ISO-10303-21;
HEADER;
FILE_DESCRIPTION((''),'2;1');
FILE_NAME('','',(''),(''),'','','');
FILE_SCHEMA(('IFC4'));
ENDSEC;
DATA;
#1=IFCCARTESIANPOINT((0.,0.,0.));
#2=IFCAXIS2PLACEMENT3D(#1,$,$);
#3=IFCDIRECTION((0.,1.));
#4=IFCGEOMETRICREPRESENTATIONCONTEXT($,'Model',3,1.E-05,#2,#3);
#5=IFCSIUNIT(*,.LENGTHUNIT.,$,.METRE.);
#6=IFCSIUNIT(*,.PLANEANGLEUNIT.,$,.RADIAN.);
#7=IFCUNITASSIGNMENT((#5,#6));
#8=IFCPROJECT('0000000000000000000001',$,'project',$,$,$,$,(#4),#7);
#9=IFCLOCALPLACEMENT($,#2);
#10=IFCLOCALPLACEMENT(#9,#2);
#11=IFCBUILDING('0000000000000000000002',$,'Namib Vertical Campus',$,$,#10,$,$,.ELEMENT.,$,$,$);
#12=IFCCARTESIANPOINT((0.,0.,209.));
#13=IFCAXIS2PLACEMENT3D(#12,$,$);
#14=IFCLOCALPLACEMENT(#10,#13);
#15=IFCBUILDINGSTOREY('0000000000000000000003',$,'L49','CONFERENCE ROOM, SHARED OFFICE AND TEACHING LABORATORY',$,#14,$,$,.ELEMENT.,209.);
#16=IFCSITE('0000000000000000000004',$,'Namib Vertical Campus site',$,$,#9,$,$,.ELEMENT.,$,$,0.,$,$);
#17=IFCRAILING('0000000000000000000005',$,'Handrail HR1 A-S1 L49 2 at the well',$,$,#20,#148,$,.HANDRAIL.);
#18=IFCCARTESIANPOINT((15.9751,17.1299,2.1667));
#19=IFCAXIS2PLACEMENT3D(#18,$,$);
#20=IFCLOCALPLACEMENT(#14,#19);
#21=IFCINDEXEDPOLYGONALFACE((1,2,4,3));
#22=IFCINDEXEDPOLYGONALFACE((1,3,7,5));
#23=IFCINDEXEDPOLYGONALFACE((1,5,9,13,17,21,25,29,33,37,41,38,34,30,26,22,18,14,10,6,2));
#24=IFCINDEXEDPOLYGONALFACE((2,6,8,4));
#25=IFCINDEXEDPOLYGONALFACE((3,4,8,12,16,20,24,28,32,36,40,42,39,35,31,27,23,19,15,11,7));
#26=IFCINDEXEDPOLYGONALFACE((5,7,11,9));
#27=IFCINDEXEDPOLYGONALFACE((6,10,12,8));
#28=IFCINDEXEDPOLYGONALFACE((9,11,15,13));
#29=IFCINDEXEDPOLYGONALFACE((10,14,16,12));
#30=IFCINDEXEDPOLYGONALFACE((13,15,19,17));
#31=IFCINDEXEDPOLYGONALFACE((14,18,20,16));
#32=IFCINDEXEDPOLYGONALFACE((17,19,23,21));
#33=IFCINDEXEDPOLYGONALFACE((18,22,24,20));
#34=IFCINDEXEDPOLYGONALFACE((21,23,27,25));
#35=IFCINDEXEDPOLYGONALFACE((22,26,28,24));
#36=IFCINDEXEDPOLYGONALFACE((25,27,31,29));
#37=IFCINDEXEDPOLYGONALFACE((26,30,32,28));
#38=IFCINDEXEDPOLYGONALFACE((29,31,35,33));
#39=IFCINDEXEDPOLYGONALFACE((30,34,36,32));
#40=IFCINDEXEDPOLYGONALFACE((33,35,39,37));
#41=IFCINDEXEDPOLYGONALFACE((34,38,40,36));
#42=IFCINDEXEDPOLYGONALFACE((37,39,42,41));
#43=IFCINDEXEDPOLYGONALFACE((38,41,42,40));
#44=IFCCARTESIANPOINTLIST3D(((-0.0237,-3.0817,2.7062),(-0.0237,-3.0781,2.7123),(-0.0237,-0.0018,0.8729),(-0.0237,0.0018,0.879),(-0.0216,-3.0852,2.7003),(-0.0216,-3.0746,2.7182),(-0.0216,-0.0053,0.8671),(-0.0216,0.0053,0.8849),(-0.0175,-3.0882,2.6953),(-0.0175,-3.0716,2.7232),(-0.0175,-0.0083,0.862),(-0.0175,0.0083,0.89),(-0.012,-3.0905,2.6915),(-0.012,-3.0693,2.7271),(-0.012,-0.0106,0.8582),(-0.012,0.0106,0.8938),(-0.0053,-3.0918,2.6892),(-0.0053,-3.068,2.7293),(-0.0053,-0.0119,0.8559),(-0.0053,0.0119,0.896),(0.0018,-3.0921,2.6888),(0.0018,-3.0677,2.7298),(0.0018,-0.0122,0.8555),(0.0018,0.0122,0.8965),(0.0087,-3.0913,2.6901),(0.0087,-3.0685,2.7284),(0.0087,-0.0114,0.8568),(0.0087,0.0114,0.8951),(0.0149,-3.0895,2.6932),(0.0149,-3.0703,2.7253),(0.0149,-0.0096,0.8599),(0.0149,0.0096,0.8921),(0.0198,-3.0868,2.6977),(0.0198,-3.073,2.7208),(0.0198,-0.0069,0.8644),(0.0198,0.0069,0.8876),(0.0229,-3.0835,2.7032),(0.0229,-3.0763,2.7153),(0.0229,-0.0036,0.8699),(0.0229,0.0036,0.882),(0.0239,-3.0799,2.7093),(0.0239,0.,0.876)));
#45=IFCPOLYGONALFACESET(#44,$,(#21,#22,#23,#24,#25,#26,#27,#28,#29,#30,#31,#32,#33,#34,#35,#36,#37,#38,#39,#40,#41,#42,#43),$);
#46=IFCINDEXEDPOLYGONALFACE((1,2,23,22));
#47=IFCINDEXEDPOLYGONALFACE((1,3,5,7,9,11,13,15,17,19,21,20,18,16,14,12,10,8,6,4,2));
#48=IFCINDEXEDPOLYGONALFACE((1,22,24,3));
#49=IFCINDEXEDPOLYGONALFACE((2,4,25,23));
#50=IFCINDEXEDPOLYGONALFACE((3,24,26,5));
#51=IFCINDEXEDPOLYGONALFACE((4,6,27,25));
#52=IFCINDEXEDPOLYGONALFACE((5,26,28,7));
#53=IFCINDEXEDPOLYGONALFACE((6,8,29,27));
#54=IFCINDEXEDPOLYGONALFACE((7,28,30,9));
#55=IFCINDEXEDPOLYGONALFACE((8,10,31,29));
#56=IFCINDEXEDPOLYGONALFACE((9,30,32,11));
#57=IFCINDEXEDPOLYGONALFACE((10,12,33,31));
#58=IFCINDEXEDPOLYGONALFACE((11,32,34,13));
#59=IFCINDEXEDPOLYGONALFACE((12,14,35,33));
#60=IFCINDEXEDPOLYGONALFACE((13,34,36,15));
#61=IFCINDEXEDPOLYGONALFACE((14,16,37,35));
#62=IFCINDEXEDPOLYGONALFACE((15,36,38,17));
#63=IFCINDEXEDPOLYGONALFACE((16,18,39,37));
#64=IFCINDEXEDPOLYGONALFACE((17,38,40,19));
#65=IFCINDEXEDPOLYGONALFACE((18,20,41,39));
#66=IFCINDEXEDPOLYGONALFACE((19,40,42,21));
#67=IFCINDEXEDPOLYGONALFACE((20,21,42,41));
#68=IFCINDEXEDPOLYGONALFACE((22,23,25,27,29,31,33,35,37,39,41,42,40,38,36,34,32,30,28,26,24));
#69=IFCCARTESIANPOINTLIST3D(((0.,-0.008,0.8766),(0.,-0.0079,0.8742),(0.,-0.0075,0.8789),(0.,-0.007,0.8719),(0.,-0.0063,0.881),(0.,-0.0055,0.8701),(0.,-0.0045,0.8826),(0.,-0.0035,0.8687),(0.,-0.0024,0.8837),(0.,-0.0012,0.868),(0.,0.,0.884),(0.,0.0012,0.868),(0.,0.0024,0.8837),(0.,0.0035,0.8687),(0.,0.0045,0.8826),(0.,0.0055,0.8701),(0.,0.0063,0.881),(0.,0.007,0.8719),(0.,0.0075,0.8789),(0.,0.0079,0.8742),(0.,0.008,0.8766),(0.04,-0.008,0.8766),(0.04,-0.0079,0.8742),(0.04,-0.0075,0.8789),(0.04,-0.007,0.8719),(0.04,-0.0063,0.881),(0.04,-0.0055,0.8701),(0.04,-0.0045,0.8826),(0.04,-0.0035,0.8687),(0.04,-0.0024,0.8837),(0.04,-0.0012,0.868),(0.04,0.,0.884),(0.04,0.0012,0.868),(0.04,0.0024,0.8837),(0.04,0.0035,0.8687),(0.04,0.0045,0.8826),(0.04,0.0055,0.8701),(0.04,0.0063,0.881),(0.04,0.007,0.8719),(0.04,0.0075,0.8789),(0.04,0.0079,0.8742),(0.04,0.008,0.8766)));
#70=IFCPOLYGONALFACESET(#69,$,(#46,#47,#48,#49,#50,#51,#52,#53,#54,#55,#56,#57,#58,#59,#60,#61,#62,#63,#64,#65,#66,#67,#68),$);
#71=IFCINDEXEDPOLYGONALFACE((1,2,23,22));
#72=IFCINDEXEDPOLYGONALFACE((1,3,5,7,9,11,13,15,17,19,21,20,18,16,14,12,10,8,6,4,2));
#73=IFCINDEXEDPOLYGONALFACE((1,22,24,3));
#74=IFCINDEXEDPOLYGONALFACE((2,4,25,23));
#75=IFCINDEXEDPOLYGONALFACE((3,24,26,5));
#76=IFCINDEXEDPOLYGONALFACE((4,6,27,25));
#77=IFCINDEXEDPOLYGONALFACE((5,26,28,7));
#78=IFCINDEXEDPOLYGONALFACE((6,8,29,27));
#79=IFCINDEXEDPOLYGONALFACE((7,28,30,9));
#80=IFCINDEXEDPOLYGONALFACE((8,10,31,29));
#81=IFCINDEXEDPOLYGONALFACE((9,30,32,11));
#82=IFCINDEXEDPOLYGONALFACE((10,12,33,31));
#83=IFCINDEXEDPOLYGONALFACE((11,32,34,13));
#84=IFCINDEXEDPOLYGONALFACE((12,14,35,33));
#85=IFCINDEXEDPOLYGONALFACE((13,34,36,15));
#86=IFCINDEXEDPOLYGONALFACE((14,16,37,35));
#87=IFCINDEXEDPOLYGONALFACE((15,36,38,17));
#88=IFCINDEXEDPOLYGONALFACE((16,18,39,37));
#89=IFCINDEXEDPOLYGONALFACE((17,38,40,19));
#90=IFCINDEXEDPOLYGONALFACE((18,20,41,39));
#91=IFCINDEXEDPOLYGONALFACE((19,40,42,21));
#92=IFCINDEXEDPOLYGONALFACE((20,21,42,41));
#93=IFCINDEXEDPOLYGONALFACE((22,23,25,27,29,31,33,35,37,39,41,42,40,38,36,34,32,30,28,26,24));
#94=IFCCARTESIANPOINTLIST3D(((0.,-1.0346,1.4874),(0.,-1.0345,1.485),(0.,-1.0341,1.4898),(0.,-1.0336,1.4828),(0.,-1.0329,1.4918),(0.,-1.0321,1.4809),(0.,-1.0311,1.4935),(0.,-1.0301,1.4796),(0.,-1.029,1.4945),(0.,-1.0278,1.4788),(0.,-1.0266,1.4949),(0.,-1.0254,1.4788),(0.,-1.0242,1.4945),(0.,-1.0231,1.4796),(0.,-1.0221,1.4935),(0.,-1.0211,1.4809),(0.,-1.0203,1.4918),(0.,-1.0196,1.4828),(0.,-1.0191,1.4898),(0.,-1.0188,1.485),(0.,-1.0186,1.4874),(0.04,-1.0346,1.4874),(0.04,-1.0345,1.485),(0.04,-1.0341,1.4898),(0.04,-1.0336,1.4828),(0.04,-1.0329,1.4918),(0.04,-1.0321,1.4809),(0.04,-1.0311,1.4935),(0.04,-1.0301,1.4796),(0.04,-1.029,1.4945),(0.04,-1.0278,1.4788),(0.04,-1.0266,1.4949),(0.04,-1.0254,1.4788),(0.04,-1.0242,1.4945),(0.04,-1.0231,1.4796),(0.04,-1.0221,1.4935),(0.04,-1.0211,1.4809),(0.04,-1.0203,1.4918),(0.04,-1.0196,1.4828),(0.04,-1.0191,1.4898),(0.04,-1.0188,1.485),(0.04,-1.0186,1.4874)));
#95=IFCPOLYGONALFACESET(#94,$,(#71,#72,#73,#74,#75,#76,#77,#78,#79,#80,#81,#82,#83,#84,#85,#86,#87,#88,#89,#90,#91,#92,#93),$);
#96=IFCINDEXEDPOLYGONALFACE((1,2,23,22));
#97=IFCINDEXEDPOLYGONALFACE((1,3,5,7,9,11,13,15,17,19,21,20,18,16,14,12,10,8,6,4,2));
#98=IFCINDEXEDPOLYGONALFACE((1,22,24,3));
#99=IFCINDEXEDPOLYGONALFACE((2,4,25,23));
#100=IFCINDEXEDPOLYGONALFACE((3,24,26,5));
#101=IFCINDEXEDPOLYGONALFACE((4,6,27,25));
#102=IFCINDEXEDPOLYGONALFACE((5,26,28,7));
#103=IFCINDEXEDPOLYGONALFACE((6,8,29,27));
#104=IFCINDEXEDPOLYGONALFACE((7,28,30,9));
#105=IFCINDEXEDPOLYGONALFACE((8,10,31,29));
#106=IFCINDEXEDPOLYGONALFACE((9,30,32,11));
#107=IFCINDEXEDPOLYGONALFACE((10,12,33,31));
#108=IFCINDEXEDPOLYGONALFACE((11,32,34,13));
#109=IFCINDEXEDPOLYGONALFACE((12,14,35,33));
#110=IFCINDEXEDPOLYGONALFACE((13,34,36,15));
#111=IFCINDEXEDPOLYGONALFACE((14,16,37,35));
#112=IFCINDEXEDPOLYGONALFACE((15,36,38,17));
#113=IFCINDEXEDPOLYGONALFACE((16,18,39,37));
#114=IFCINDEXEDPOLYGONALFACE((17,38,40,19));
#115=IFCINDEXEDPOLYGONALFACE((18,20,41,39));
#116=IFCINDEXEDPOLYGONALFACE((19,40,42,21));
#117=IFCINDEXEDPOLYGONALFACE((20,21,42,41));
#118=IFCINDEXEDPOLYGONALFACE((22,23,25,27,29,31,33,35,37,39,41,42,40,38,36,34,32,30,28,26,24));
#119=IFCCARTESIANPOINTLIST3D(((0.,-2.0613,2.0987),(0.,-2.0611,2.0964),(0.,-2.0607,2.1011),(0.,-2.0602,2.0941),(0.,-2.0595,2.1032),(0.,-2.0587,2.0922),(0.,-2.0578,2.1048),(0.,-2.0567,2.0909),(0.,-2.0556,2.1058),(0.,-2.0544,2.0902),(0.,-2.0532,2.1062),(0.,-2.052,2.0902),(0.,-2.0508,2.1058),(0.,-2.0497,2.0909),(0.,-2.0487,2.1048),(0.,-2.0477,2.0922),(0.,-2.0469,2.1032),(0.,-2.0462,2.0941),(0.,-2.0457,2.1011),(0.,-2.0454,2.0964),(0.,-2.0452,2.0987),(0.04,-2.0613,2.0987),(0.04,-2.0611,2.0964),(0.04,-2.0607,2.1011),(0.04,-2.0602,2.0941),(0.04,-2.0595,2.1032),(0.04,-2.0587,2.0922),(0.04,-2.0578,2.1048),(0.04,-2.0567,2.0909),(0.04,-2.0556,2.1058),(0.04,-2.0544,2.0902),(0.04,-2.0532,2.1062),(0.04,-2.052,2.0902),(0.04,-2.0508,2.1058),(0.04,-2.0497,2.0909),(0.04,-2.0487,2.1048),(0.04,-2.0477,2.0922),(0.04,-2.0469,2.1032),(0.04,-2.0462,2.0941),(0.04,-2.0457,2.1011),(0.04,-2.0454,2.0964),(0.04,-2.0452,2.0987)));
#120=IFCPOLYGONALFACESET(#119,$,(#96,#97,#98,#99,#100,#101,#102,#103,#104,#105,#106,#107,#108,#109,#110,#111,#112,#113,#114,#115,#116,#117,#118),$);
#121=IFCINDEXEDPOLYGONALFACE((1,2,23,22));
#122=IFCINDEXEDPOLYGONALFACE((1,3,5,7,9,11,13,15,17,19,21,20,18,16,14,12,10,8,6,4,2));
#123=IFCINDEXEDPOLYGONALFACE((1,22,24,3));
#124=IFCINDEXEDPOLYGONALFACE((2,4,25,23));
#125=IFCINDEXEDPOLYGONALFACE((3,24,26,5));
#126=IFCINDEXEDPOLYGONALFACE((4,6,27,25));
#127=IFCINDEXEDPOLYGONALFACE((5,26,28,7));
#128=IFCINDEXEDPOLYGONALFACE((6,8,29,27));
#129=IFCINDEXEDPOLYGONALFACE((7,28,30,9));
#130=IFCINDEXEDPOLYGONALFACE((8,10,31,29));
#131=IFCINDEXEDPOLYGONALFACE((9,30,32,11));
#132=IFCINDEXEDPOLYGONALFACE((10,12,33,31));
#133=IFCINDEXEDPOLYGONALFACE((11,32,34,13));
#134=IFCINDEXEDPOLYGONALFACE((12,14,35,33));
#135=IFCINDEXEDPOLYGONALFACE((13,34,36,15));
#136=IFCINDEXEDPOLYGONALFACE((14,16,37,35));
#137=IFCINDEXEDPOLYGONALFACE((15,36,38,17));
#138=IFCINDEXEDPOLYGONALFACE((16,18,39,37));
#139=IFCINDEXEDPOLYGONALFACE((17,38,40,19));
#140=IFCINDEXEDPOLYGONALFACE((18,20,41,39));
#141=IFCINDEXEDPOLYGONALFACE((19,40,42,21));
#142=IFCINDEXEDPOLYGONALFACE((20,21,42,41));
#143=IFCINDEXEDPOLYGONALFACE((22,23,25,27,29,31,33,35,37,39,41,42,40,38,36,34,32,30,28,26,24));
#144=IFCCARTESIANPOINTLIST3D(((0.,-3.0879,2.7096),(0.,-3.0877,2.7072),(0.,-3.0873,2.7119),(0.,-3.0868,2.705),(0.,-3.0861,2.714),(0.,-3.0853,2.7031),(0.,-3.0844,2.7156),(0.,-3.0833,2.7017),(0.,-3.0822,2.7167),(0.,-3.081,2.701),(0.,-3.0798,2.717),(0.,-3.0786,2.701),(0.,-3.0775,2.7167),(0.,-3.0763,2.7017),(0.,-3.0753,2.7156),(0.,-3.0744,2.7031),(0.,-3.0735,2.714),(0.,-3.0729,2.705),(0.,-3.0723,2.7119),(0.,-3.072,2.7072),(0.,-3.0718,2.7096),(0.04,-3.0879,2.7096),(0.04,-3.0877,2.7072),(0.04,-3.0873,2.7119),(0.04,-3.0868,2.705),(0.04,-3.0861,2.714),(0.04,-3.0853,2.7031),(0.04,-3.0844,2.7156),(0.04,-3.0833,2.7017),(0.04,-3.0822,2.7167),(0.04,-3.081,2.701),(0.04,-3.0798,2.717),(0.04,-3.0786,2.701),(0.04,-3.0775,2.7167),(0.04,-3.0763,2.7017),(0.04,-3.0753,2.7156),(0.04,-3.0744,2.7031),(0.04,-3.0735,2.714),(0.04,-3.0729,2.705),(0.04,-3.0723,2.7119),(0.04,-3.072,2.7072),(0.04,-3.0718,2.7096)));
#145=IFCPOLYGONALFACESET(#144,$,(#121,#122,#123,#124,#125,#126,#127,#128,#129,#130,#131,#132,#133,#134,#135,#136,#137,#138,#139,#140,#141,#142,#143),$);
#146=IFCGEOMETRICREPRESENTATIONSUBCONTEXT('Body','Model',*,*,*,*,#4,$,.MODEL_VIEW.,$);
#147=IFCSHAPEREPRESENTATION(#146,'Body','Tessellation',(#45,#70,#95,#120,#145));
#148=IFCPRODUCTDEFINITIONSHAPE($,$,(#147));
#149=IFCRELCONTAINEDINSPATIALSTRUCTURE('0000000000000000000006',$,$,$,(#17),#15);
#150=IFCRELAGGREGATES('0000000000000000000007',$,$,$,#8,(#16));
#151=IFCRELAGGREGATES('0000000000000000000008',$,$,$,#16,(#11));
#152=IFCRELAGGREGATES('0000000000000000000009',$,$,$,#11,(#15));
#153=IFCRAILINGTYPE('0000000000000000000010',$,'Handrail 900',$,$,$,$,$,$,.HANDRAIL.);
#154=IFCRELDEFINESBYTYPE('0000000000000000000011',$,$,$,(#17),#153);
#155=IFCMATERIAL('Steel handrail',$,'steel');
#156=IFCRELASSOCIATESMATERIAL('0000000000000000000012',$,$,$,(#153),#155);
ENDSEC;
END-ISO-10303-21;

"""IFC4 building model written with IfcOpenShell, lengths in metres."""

from ifc_helpers import new_model, si_unit, direction, frame, origin, origin_2d, place, context, subcontext, project, spatial, circle, extrude, material, type_object, element, save


model = new_model("IFC4")

# Units and contexts
model_context = context("Model", 3, precision=1e-05, world=origin(), true_north=direction((0.0, 1.0)))
body_context = subcontext(model_context, "Body", "Model", "MODEL_VIEW")
ifc_project = project(units=[si_unit("LENGTHUNIT", "METRE"), si_unit("PLANEANGLEUNIT", "RADIAN")], contexts=[model_context])

# Site, building, storey
site_placement = place(None, origin())
site = spatial("IfcSite", under=ifc_project, at=site_placement, Name="Namib Vertical Campus site", CompositionType="ELEMENT", RefElevation=0.0)
building_placement = place(site_placement, origin())
building = spatial("IfcBuilding", under=site, at=building_placement, Name="Namib Vertical Campus", CompositionType="ELEMENT")
storey_placement = place(building_placement, frame((0.0, 0.0, 209.0)))
storey = spatial("IfcBuildingStorey", under=building, at=storey_placement, Name="L49", Description="CONFERENCE ROOM, SHARED OFFICE AND TEACHING LABORATORY", CompositionType="ELEMENT", Elevation=209.0)

# Railing
ifc_material_1 = material(Name="Steel handrail", Category="steel")
railing_type_1 = type_object("IfcRailingType", Name="Handrail 900", PredefinedType="HANDRAIL", material=ifc_material_1)
railing_1_placement = place(storey_placement, frame((15.9751, 17.1299, 2.1667)))
element("IfcRailing", 1, at=railing_1_placement, inside=storey, type_object=railing_type_1, Name="Handrail HR1 A-S1 L49 2 at the well", PredefinedType="HANDRAIL", context=body_context, shape_type="SweptSolid", body=[
    extrude(circle(Radius=0.0239, at=origin_2d()), frame((0.0, 0.0, 0.876), z_axis=(0.0, -0.859291, 0.511487), x_axis=(1.0, 0.0, 0.0)), (0.0, 0.0, 1.0), 3.5842),
    extrude(circle(Radius=0.0081, at=origin_2d()), frame((0.0, 0.0, 0.876), z_axis=(1.0, 0.0, 0.0), x_axis=(0.0, 0.0, 1.0)), (0.0, 0.0, 1.0), 0.04),
    extrude(circle(Radius=0.0081, at=origin_2d()), frame((0.0, -1.0266, 1.4868), z_axis=(1.0, 0.0, 0.0), x_axis=(0.0, 0.0, 1.0)), (0.0, 0.0, 1.0), 0.04),
    extrude(circle(Radius=0.0081, at=origin_2d()), frame((0.0, -2.0532, 2.0981), z_axis=(1.0, 0.0, 0.0), x_axis=(0.0, 0.0, 1.0)), (0.0, 0.0, 1.0), 0.04),
    extrude(circle(Radius=0.0081, at=origin_2d()), frame((0.0, -3.0798, 2.709), z_axis=(1.0, 0.0, 0.0), x_axis=(0.0, 0.0, 1.0)), (0.0, 0.0, 1.0), 0.04),
])

save(model, "model.ifc")
